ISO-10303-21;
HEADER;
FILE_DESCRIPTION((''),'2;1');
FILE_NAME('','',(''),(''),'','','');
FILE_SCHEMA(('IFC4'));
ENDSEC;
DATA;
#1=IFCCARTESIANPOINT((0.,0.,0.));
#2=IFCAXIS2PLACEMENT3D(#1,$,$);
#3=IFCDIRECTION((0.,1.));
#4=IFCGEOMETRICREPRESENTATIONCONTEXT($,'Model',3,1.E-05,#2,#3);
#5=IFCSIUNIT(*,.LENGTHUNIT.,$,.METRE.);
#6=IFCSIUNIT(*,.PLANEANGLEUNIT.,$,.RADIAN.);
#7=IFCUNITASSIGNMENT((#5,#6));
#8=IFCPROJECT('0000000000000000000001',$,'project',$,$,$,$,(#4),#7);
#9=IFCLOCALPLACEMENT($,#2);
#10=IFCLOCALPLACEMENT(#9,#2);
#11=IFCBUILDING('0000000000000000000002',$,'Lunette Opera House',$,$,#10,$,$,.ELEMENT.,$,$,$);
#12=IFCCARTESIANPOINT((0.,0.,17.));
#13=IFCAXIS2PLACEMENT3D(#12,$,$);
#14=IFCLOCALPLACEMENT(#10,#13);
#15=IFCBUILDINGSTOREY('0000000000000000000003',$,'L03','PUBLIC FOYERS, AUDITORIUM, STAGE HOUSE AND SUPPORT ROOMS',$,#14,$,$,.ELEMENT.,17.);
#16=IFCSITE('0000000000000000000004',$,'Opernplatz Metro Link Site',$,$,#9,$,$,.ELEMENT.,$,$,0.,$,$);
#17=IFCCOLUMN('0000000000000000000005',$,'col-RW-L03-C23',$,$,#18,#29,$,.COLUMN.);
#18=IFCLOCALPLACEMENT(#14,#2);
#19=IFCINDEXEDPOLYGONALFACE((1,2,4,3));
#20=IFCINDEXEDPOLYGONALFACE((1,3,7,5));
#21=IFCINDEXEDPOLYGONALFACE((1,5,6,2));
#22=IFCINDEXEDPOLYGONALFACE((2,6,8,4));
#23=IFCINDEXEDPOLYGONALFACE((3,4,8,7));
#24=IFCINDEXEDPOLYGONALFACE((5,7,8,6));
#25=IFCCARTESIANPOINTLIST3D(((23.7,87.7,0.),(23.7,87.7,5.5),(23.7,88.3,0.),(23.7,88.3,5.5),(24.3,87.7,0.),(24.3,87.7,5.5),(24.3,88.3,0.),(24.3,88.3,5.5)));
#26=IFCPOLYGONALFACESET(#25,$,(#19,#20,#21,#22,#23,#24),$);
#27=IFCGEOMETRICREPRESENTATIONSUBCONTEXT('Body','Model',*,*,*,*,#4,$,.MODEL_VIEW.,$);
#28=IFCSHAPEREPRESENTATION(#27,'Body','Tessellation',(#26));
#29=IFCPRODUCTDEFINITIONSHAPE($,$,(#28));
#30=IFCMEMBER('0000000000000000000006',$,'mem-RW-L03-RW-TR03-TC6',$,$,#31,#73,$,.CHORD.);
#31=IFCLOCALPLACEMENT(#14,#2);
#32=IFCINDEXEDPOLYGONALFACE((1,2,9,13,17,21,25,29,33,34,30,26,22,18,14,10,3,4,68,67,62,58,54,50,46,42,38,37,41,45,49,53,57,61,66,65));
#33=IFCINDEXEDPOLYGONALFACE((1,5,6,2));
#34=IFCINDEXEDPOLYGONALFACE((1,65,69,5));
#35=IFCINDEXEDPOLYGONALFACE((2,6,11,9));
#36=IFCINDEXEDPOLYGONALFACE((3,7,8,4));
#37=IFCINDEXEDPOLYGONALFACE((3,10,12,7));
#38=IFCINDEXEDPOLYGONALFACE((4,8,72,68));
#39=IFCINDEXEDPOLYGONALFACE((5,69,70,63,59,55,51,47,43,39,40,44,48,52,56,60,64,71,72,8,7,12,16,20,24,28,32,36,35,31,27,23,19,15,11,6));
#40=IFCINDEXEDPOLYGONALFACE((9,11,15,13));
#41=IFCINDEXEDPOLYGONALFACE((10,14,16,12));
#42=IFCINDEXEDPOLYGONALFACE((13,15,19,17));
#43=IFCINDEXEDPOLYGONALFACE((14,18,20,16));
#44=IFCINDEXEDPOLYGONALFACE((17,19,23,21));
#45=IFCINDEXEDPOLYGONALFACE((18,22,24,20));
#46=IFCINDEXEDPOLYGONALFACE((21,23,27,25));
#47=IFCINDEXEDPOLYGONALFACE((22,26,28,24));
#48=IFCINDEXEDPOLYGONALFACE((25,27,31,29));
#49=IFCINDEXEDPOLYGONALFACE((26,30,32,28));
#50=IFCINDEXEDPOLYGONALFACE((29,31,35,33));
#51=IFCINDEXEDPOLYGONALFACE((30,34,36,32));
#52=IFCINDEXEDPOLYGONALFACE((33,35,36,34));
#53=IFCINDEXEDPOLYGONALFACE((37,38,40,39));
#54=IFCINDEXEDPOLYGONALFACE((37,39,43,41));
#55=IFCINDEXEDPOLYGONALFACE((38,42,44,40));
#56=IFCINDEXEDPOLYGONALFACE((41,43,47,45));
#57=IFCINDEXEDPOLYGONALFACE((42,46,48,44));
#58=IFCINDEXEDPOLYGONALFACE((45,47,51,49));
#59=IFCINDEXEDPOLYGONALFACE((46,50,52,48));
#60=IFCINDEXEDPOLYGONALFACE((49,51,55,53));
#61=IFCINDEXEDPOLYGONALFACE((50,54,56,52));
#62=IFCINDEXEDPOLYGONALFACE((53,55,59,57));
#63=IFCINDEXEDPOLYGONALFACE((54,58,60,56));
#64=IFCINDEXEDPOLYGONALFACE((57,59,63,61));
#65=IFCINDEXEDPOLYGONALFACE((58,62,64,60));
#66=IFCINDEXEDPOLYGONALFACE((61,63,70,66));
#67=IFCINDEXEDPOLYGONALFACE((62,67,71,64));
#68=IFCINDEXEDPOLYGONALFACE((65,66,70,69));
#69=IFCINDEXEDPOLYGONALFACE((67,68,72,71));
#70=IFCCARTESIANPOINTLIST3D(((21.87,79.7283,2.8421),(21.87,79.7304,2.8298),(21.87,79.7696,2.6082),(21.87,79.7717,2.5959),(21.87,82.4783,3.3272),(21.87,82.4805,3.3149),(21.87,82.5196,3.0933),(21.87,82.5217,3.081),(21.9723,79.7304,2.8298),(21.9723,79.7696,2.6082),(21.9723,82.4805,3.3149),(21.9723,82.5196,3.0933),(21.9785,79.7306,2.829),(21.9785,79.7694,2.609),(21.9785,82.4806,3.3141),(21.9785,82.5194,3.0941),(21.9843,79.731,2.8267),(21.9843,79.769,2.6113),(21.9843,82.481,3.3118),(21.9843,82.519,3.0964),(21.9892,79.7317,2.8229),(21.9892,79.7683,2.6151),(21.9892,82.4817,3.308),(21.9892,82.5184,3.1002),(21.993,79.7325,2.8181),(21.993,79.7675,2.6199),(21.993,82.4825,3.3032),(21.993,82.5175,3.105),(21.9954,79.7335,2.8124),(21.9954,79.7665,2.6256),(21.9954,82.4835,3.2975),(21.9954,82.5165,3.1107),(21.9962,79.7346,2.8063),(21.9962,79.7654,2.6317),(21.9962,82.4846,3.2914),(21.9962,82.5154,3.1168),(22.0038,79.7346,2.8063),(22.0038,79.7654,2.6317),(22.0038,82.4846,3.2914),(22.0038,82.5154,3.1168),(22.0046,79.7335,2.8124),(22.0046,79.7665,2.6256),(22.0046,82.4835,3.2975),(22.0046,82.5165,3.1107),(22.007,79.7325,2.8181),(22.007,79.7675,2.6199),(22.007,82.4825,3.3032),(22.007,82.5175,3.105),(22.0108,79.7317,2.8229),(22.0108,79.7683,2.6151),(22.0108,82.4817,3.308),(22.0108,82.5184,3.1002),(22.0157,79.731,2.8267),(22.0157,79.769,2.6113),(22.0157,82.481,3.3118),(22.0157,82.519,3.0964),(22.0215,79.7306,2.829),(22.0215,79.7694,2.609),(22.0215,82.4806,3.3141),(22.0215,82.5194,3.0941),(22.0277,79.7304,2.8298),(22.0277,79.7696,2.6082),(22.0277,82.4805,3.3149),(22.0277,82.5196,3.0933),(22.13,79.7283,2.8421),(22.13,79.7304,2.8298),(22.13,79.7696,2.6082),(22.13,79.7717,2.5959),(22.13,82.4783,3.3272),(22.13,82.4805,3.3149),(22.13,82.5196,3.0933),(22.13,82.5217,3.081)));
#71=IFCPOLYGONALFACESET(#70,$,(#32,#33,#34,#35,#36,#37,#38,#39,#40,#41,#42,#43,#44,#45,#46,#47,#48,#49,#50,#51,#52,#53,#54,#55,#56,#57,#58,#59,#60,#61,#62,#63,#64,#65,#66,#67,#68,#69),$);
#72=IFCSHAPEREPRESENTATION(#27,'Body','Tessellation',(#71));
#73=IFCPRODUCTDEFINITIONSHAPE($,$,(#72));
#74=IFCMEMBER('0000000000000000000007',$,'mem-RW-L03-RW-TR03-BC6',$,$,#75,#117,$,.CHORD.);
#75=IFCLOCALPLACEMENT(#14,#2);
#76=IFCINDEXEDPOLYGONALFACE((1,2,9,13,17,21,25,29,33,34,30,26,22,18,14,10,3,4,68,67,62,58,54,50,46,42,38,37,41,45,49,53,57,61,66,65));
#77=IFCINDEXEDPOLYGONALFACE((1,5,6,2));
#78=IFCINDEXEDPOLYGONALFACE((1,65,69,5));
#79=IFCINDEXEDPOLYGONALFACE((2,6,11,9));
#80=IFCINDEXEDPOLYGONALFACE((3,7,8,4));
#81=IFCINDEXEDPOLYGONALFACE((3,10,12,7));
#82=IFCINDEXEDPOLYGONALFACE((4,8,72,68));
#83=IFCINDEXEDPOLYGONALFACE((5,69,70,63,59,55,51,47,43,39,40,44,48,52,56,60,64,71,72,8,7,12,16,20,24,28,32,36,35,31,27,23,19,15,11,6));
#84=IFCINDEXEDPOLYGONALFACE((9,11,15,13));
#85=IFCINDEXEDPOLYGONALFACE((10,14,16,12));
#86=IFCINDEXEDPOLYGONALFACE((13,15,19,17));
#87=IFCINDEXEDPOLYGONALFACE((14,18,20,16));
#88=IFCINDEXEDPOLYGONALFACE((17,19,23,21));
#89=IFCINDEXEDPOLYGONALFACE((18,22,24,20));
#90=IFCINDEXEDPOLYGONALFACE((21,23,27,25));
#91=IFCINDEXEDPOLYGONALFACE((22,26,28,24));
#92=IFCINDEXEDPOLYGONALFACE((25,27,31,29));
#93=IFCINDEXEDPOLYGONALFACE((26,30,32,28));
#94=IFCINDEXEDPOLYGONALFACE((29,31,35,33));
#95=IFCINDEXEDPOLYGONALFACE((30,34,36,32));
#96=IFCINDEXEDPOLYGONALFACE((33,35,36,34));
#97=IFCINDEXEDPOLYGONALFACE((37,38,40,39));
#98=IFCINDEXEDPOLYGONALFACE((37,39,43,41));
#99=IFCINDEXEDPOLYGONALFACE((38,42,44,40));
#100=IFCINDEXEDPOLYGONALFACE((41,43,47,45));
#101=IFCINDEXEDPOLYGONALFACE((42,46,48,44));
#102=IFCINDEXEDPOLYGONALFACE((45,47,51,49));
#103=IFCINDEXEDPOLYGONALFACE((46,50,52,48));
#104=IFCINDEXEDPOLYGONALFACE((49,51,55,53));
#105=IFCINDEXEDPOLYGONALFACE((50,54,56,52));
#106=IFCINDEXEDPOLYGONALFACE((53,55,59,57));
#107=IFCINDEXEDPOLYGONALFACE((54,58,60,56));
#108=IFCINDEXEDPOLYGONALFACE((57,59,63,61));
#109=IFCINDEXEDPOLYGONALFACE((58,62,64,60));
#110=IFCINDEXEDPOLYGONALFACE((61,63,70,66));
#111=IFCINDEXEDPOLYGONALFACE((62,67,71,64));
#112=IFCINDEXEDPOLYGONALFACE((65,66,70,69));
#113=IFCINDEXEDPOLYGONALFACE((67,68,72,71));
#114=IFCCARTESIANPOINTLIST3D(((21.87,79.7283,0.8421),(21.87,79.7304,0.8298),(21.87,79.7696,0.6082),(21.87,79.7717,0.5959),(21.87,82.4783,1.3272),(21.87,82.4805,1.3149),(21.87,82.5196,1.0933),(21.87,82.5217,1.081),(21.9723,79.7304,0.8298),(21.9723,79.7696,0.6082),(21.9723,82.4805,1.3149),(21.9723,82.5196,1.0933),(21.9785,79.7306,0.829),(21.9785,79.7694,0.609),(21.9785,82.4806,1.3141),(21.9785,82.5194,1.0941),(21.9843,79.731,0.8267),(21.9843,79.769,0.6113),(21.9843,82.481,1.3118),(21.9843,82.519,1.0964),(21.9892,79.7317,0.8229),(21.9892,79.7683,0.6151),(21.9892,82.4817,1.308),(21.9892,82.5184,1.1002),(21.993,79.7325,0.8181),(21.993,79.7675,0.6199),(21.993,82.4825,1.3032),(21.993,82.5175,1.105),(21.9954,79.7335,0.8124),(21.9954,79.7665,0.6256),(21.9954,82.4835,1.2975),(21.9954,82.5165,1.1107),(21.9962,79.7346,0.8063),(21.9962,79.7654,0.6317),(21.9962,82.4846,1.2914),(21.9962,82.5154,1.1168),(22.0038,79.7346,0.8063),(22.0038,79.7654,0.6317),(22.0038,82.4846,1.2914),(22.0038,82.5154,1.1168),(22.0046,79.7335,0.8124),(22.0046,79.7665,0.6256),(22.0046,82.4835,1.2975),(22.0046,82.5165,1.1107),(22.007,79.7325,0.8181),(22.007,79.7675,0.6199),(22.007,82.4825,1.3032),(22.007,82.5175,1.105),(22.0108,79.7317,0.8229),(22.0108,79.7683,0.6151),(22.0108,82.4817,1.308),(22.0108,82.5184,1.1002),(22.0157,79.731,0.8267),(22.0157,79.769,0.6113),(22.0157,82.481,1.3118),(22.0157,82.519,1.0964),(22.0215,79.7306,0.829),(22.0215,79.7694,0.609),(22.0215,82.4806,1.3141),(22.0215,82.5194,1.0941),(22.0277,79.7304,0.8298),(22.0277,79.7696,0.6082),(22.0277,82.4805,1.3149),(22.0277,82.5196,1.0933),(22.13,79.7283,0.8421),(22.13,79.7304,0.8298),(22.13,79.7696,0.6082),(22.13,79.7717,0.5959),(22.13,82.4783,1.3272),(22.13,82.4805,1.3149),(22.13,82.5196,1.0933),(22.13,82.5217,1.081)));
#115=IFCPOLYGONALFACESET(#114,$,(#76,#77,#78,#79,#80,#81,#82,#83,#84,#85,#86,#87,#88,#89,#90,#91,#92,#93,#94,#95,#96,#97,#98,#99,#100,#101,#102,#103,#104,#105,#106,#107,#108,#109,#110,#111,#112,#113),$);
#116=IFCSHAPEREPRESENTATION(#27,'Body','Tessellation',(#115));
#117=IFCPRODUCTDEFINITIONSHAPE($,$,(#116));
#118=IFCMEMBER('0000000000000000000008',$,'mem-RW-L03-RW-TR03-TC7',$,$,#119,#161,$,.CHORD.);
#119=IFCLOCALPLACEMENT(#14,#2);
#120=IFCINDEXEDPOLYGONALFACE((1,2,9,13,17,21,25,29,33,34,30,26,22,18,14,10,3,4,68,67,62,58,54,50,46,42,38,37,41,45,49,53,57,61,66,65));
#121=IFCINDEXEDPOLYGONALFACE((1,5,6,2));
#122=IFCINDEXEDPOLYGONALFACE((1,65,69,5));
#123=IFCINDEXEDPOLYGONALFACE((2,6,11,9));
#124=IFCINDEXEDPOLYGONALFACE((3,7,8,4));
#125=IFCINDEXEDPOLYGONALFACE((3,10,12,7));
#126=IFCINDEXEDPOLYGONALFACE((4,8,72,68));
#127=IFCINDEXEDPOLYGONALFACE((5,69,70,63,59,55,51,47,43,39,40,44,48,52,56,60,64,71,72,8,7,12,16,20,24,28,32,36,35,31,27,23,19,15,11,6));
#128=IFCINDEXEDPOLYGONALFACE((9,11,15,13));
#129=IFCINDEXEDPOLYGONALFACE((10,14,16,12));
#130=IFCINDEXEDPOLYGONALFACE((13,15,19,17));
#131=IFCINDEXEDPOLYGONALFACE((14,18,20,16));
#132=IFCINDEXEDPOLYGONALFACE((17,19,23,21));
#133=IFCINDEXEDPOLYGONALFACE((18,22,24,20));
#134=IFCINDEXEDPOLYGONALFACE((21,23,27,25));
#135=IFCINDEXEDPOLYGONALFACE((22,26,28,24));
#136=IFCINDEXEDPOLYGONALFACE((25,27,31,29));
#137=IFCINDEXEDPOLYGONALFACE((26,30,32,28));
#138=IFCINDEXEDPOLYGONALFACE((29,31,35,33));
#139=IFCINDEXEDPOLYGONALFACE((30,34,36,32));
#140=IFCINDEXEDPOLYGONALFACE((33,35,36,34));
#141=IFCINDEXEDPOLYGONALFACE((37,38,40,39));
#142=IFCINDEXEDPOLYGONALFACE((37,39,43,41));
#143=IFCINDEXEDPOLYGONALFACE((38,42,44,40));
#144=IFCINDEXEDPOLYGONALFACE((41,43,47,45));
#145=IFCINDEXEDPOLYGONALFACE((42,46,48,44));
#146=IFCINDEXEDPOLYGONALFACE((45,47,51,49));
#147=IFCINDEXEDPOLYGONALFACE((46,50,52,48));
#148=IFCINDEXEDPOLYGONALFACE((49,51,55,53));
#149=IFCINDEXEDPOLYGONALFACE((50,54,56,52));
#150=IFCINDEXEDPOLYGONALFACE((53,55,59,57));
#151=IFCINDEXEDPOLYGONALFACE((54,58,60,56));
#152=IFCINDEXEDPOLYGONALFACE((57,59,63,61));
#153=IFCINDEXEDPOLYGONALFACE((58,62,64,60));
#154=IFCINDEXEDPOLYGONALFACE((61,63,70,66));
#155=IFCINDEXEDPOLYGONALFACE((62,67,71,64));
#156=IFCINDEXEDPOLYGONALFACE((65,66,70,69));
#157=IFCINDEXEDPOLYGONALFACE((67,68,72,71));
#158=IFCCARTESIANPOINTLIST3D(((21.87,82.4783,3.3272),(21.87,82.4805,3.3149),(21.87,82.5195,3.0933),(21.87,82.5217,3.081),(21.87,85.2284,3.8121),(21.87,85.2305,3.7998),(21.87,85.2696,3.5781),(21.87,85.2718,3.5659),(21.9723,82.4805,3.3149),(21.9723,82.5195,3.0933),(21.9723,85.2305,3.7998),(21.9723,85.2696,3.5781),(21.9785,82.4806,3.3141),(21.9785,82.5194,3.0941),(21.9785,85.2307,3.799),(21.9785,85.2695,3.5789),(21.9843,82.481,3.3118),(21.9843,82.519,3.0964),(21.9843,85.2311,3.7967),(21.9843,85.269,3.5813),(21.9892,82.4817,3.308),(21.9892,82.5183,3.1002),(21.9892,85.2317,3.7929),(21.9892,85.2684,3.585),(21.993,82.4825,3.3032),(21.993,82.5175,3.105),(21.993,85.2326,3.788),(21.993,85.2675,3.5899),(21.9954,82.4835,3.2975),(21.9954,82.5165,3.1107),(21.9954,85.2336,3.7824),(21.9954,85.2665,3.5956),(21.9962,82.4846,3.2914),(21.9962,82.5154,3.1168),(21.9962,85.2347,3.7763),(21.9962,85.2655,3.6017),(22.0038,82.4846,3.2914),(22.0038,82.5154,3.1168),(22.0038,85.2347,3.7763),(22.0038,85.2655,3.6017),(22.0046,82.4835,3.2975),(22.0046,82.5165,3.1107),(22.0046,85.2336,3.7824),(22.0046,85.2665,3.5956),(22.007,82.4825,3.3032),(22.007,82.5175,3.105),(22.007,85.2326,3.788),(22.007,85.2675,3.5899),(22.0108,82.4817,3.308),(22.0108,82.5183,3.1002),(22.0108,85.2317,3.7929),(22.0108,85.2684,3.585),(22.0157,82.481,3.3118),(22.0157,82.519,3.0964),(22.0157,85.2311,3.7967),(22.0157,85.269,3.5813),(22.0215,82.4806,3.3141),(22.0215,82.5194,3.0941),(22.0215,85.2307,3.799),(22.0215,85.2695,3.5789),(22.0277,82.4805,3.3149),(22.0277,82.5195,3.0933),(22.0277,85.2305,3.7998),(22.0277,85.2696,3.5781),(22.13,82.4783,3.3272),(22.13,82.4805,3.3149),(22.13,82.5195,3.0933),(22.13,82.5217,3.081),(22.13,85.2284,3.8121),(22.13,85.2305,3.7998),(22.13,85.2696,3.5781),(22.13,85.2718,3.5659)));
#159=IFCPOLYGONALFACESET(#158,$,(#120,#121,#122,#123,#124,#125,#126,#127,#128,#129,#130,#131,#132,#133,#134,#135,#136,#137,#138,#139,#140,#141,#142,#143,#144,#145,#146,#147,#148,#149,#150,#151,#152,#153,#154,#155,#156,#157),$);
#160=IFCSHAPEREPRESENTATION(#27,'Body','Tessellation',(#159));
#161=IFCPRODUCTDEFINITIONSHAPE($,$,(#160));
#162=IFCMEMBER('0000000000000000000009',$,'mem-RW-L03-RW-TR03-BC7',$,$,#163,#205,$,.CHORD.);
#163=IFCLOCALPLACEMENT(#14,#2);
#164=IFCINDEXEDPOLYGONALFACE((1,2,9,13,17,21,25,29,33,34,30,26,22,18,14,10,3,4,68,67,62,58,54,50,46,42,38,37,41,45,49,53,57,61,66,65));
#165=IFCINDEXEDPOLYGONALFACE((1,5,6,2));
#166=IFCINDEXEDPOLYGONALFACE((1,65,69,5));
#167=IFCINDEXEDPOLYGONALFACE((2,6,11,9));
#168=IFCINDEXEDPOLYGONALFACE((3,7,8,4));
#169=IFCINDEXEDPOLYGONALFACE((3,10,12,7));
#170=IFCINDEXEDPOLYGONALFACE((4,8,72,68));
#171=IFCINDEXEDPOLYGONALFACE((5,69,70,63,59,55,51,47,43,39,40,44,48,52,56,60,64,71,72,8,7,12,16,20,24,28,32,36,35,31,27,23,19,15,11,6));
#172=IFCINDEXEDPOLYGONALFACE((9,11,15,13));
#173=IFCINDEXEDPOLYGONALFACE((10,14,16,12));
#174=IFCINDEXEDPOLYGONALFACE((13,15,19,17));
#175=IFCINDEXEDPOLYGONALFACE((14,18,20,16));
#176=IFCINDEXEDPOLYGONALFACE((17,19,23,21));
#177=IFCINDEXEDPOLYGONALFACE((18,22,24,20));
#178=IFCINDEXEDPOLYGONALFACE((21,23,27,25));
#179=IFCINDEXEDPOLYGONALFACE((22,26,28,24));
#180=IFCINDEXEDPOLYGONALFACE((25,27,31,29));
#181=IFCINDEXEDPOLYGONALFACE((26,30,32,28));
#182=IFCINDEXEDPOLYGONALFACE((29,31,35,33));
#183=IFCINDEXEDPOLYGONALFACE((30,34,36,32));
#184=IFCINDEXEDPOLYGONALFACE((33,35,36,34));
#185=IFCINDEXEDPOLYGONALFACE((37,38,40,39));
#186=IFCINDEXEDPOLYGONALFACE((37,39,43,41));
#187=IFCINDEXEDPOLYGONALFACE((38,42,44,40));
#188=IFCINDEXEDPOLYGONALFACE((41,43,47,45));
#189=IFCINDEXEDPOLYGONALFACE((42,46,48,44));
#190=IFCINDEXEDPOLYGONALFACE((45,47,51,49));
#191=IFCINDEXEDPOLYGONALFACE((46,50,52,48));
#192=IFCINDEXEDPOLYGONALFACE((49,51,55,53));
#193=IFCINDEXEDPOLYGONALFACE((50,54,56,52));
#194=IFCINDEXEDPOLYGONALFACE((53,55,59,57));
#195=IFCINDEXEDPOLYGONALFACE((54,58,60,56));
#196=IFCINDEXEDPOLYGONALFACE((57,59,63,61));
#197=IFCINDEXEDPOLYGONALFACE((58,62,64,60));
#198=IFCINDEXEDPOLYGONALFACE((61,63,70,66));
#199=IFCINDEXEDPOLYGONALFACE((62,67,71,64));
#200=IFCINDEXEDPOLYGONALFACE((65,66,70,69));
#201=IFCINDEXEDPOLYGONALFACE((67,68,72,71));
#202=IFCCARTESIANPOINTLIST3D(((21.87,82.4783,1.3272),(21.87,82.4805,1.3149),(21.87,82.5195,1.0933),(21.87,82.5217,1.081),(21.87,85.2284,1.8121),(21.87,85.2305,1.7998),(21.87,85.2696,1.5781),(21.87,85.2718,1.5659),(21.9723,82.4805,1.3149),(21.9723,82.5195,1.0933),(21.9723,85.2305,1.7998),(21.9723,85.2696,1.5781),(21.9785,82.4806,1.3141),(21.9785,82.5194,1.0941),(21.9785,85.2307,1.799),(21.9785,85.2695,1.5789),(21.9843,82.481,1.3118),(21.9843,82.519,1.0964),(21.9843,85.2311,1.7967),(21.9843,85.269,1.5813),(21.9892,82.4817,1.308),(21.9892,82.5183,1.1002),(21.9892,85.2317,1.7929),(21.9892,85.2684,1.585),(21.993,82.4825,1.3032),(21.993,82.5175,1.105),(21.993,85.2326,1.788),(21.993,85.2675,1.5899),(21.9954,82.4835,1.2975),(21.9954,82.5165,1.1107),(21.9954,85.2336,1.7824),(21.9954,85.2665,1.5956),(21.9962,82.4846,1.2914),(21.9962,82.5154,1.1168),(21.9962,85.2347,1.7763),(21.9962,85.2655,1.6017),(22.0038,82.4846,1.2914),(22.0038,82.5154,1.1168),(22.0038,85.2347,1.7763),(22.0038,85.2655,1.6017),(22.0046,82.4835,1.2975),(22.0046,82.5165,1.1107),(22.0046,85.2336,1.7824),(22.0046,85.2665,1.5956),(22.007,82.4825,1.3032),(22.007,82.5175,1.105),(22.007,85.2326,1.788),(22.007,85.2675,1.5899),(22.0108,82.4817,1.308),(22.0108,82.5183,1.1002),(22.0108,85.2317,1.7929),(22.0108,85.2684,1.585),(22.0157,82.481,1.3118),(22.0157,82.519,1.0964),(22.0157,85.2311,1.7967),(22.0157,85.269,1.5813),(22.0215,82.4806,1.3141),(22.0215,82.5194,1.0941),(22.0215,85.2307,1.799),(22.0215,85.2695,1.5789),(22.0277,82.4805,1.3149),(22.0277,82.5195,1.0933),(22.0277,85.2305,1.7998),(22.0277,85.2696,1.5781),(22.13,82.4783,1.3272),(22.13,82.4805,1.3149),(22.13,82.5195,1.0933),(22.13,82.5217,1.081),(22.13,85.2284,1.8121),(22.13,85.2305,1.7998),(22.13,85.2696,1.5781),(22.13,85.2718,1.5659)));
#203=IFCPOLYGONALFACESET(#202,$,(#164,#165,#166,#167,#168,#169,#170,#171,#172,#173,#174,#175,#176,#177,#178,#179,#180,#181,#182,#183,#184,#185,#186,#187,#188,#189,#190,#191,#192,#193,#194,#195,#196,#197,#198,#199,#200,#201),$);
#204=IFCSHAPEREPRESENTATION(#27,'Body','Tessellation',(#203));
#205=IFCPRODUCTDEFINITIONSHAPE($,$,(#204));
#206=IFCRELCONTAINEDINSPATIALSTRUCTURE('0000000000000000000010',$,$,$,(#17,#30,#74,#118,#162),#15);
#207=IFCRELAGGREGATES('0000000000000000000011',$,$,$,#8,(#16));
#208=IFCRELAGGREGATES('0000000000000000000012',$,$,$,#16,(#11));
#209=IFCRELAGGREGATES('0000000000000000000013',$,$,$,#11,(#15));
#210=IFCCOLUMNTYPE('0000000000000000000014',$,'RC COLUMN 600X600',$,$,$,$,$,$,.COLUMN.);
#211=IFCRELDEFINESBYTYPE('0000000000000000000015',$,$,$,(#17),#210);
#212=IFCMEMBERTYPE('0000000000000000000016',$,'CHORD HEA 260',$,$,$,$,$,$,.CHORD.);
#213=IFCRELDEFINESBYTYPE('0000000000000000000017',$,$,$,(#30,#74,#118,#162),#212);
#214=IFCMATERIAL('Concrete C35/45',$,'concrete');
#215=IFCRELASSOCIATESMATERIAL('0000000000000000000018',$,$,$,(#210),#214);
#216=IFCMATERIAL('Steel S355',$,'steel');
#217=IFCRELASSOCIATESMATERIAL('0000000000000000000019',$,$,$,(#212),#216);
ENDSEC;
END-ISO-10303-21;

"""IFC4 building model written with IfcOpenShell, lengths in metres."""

from ifc_helpers import new_model, si_unit, direction, frame, origin, origin_2d, place, context, subcontext, project, spatial, rectangle, i_section, extrude, material, material_profile, profile_set, type_object, element, save


model = new_model("IFC4")

# Units and contexts
model_context = context("Model", 3, precision=1e-05, world=origin(), true_north=direction((0.0, 1.0)))
body_context = subcontext(model_context, "Body", "Model", "MODEL_VIEW")
ifc_project = project(units=[si_unit("LENGTHUNIT", "METRE"), si_unit("PLANEANGLEUNIT", "RADIAN")], contexts=[model_context])

# Site, building, storey
site_placement = place(None, origin())
site = spatial("IfcSite", under=ifc_project, at=site_placement, Name="Opernplatz Metro Link Site", CompositionType="ELEMENT", RefElevation=0.0)
building_placement = place(site_placement, origin())
building = spatial("IfcBuilding", under=site, at=building_placement, Name="Lunette Opera House", CompositionType="ELEMENT")
storey_placement = place(building_placement, frame((0.0, 0.0, 17.0)))
storey = spatial("IfcBuildingStorey", under=building, at=storey_placement, Name="L03", Description="PUBLIC FOYERS, AUDITORIUM, STAGE HOUSE AND SUPPORT ROOMS", CompositionType="ELEMENT", Elevation=17.0)

# Column
ifc_material_1 = material(Name="Concrete C35/45", Category="concrete")
ifc_material_profile_1 = material_profile(ifc_material_1, rectangle(XDim=0.6001, YDim=0.6001, at=origin_2d()), Name="RC COLUMN 600X600")
ifc_profile_set_1 = profile_set([ifc_material_profile_1], Name="Concrete C35/45")
column_type = type_object("IfcColumnType", Name="RC COLUMN 600X600", PredefinedType="COLUMN", material=ifc_profile_set_1)
column_placement = place(storey_placement, frame((24.0, 88.0, 0.0), z_axis=(0.0, 0.0, 1.0), x_axis=(1.0, 0.0, 0.0)))
element("IfcColumn", 1, at=column_placement, inside=storey, type_object=column_type, Name="col-RW-L03-C23", PredefinedType="COLUMN", context=body_context, shape_type="SweptSolid", body=[
    extrude(rectangle(XDim=0.6001, YDim=0.6001, at=origin_2d()), origin(), (0.0, 0.0, 1.0), 5.5),
])

# Members
ifc_material_2 = material(Name="Steel S355", Category="steel")
ifc_material_profile_2 = material_profile(ifc_material_2, i_section(OverallWidth=0.26, OverallDepth=0.25, WebThickness=0.0076, FlangeThickness=0.0125, FilletRadius=0.0239, at=origin_2d()), Name="HEA 260")
ifc_profile_set_2 = profile_set([ifc_material_profile_2], Name="Steel S355")
member_type_1 = type_object("IfcMemberType", Name="CHORD HEA 260", PredefinedType="CHORD", material=ifc_profile_set_2)
for number, where, z_axis, x_axis, name in (
    (2, (22.0, 79.75, 2.719), (0.0, 0.984795, 0.17372), (-1.0, 0.0, 0.0), "mem-RW-L03-RW-TR03-TC6"),
    (3, (22.0, 79.75, 0.719), (0.0, 0.984795, 0.17372), (-1.0, 0.0, 0.0), "mem-RW-L03-RW-TR03-BC6"),
    (4, (22.0, 82.5, 3.2041), (0.0, 0.98481, 0.173636), (-1.0, 0.0, 0.0), "mem-RW-L03-RW-TR03-TC7"),
    (5, (22.0, 82.5, 1.2041), (0.0, 0.98481, 0.173636), (-1.0, 0.0, 0.0), "mem-RW-L03-RW-TR03-BC7"),
):
    element("IfcMember", number, at=place(storey_placement, frame(where, z_axis=z_axis, x_axis=x_axis)), inside=storey, type_object=member_type_1, Name=name, PredefinedType="CHORD", context=body_context, shape_type="SweptSolid", body=[
        extrude(i_section(OverallWidth=0.26, OverallDepth=0.25, WebThickness=0.0076, FlangeThickness=0.0125, FilletRadius=0.0239, at=origin_2d()), origin(), (0.0, 0.0, 1.0), 2.7925),
    ])

save(model, "model.ifc")
